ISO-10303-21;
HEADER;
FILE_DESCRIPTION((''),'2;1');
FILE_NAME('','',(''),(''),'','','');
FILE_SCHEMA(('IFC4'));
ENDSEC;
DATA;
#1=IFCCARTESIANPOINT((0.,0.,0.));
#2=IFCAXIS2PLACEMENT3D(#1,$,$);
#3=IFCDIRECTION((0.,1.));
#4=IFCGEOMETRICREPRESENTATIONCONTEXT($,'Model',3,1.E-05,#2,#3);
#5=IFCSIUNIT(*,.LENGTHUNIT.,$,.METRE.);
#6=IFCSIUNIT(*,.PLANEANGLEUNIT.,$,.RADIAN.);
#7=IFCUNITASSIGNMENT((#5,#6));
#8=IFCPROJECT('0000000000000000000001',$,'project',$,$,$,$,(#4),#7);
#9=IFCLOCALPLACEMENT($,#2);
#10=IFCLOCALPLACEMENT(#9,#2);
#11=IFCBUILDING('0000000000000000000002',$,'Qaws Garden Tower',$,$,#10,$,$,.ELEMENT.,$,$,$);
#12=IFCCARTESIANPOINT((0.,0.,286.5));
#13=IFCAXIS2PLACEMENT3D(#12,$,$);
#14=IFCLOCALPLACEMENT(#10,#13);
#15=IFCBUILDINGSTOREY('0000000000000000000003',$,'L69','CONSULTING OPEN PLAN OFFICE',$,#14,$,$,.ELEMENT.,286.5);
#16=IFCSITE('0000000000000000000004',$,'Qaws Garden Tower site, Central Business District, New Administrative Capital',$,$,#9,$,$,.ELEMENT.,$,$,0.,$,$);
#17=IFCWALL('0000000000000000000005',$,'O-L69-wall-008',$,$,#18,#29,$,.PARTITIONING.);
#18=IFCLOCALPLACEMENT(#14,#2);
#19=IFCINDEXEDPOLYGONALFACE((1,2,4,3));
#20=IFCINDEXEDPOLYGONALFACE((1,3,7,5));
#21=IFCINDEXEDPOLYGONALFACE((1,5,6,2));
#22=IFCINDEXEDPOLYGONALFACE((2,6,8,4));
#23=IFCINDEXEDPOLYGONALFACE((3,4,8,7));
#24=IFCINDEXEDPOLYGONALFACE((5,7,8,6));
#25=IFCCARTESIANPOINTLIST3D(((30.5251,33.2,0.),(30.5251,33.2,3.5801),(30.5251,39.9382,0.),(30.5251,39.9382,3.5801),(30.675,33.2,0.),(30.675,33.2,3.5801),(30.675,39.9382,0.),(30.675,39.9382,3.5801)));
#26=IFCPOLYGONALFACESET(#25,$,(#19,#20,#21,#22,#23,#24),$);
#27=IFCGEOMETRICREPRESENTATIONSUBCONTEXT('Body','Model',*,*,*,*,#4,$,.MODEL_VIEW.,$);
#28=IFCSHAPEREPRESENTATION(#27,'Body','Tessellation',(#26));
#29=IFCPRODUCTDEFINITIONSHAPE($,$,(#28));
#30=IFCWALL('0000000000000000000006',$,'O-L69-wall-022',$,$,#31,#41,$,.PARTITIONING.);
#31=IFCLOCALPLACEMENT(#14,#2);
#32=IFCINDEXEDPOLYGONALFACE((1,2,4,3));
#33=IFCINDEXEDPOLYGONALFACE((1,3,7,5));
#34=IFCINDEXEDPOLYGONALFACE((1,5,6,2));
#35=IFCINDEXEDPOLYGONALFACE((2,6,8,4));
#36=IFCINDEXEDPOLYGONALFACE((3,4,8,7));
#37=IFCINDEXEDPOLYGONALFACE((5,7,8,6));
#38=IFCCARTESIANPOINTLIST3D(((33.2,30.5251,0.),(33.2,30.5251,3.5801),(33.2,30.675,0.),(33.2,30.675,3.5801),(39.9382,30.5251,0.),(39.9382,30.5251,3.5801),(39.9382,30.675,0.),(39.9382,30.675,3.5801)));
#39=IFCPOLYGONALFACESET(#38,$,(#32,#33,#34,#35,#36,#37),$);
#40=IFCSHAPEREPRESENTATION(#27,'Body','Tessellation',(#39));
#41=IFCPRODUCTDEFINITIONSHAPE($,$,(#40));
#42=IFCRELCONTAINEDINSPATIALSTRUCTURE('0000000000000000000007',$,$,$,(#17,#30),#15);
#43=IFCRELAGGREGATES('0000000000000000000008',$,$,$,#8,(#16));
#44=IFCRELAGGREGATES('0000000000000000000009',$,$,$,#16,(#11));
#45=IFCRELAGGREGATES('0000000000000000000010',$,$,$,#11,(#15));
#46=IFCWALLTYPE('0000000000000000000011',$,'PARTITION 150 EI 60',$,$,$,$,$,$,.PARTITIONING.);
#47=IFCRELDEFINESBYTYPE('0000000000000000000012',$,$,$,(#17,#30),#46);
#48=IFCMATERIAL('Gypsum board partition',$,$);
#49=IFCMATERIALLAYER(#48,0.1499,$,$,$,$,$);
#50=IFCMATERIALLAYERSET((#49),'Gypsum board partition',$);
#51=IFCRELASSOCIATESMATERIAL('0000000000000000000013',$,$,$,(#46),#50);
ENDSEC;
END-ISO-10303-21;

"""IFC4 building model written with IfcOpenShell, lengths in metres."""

from ifc_helpers import new_model, si_unit, direction, frame, frame_2d, origin, place, context, subcontext, project, spatial, rectangle, extrude, material, layer, layer_set, type_object, element, save


model = new_model("IFC4")

# Units and contexts
model_context = context("Model", 3, precision=1e-05, world=origin(), true_north=direction((0.0, 1.0)))
body_context = subcontext(model_context, "Body", "Model", "MODEL_VIEW")
ifc_project = project(units=[si_unit("LENGTHUNIT", "METRE"), si_unit("PLANEANGLEUNIT", "RADIAN")], contexts=[model_context])

# Site, building, storey
site_placement = place(None, origin())
site = spatial("IfcSite", under=ifc_project, at=site_placement, Name="Qaws Garden Tower site, Central Business District, New Administrative Capital", CompositionType="ELEMENT", RefElevation=0.0)
building_placement = place(site_placement, origin())
building = spatial("IfcBuilding", under=site, at=building_placement, Name="Qaws Garden Tower", CompositionType="ELEMENT")
storey_placement = place(building_placement, frame((0.0, 0.0, 286.5)))
storey = spatial("IfcBuildingStorey", under=building, at=storey_placement, Name="L69", Description="CONSULTING OPEN PLAN OFFICE", CompositionType="ELEMENT", Elevation=286.5)

# Walls
ifc_material_1 = material(Name="Gypsum board partition")
ifc_layer_1 = layer(ifc_material_1, 0.1499)
ifc_layer_set_1 = layer_set([ifc_layer_1], Name="Gypsum board partition")
wall_type_1 = type_object("IfcWallType", Name="PARTITION 150 EI 60", PredefinedType="PARTITIONING", material=ifc_layer_set_1)
for number, where, z_axis, x_axis, name in (
    (1, (30.6001, 33.2, 0.0), (0.0, 0.0, 1.0), (0.0, 1.0, 0.0), "O-L69-wall-008"),
    (2, (33.2, 30.6001, 0.0), (0.0, 0.0, 1.0), (1.0, 0.0, 0.0), "O-L69-wall-022"),
):
    element("IfcWall", number, at=place(storey_placement, frame(where, z_axis=z_axis, x_axis=x_axis)), inside=storey, type_object=wall_type_1, Name=name, PredefinedType="PARTITIONING", context=body_context, shape_type="SweptSolid", body=[
        extrude(rectangle(XDim=6.7383, YDim=0.1499, at=frame_2d((3.3691, 0.0))), origin(), (0.0, 0.0, 1.0), 3.5801),
    ])

save(model, "model.ifc")
